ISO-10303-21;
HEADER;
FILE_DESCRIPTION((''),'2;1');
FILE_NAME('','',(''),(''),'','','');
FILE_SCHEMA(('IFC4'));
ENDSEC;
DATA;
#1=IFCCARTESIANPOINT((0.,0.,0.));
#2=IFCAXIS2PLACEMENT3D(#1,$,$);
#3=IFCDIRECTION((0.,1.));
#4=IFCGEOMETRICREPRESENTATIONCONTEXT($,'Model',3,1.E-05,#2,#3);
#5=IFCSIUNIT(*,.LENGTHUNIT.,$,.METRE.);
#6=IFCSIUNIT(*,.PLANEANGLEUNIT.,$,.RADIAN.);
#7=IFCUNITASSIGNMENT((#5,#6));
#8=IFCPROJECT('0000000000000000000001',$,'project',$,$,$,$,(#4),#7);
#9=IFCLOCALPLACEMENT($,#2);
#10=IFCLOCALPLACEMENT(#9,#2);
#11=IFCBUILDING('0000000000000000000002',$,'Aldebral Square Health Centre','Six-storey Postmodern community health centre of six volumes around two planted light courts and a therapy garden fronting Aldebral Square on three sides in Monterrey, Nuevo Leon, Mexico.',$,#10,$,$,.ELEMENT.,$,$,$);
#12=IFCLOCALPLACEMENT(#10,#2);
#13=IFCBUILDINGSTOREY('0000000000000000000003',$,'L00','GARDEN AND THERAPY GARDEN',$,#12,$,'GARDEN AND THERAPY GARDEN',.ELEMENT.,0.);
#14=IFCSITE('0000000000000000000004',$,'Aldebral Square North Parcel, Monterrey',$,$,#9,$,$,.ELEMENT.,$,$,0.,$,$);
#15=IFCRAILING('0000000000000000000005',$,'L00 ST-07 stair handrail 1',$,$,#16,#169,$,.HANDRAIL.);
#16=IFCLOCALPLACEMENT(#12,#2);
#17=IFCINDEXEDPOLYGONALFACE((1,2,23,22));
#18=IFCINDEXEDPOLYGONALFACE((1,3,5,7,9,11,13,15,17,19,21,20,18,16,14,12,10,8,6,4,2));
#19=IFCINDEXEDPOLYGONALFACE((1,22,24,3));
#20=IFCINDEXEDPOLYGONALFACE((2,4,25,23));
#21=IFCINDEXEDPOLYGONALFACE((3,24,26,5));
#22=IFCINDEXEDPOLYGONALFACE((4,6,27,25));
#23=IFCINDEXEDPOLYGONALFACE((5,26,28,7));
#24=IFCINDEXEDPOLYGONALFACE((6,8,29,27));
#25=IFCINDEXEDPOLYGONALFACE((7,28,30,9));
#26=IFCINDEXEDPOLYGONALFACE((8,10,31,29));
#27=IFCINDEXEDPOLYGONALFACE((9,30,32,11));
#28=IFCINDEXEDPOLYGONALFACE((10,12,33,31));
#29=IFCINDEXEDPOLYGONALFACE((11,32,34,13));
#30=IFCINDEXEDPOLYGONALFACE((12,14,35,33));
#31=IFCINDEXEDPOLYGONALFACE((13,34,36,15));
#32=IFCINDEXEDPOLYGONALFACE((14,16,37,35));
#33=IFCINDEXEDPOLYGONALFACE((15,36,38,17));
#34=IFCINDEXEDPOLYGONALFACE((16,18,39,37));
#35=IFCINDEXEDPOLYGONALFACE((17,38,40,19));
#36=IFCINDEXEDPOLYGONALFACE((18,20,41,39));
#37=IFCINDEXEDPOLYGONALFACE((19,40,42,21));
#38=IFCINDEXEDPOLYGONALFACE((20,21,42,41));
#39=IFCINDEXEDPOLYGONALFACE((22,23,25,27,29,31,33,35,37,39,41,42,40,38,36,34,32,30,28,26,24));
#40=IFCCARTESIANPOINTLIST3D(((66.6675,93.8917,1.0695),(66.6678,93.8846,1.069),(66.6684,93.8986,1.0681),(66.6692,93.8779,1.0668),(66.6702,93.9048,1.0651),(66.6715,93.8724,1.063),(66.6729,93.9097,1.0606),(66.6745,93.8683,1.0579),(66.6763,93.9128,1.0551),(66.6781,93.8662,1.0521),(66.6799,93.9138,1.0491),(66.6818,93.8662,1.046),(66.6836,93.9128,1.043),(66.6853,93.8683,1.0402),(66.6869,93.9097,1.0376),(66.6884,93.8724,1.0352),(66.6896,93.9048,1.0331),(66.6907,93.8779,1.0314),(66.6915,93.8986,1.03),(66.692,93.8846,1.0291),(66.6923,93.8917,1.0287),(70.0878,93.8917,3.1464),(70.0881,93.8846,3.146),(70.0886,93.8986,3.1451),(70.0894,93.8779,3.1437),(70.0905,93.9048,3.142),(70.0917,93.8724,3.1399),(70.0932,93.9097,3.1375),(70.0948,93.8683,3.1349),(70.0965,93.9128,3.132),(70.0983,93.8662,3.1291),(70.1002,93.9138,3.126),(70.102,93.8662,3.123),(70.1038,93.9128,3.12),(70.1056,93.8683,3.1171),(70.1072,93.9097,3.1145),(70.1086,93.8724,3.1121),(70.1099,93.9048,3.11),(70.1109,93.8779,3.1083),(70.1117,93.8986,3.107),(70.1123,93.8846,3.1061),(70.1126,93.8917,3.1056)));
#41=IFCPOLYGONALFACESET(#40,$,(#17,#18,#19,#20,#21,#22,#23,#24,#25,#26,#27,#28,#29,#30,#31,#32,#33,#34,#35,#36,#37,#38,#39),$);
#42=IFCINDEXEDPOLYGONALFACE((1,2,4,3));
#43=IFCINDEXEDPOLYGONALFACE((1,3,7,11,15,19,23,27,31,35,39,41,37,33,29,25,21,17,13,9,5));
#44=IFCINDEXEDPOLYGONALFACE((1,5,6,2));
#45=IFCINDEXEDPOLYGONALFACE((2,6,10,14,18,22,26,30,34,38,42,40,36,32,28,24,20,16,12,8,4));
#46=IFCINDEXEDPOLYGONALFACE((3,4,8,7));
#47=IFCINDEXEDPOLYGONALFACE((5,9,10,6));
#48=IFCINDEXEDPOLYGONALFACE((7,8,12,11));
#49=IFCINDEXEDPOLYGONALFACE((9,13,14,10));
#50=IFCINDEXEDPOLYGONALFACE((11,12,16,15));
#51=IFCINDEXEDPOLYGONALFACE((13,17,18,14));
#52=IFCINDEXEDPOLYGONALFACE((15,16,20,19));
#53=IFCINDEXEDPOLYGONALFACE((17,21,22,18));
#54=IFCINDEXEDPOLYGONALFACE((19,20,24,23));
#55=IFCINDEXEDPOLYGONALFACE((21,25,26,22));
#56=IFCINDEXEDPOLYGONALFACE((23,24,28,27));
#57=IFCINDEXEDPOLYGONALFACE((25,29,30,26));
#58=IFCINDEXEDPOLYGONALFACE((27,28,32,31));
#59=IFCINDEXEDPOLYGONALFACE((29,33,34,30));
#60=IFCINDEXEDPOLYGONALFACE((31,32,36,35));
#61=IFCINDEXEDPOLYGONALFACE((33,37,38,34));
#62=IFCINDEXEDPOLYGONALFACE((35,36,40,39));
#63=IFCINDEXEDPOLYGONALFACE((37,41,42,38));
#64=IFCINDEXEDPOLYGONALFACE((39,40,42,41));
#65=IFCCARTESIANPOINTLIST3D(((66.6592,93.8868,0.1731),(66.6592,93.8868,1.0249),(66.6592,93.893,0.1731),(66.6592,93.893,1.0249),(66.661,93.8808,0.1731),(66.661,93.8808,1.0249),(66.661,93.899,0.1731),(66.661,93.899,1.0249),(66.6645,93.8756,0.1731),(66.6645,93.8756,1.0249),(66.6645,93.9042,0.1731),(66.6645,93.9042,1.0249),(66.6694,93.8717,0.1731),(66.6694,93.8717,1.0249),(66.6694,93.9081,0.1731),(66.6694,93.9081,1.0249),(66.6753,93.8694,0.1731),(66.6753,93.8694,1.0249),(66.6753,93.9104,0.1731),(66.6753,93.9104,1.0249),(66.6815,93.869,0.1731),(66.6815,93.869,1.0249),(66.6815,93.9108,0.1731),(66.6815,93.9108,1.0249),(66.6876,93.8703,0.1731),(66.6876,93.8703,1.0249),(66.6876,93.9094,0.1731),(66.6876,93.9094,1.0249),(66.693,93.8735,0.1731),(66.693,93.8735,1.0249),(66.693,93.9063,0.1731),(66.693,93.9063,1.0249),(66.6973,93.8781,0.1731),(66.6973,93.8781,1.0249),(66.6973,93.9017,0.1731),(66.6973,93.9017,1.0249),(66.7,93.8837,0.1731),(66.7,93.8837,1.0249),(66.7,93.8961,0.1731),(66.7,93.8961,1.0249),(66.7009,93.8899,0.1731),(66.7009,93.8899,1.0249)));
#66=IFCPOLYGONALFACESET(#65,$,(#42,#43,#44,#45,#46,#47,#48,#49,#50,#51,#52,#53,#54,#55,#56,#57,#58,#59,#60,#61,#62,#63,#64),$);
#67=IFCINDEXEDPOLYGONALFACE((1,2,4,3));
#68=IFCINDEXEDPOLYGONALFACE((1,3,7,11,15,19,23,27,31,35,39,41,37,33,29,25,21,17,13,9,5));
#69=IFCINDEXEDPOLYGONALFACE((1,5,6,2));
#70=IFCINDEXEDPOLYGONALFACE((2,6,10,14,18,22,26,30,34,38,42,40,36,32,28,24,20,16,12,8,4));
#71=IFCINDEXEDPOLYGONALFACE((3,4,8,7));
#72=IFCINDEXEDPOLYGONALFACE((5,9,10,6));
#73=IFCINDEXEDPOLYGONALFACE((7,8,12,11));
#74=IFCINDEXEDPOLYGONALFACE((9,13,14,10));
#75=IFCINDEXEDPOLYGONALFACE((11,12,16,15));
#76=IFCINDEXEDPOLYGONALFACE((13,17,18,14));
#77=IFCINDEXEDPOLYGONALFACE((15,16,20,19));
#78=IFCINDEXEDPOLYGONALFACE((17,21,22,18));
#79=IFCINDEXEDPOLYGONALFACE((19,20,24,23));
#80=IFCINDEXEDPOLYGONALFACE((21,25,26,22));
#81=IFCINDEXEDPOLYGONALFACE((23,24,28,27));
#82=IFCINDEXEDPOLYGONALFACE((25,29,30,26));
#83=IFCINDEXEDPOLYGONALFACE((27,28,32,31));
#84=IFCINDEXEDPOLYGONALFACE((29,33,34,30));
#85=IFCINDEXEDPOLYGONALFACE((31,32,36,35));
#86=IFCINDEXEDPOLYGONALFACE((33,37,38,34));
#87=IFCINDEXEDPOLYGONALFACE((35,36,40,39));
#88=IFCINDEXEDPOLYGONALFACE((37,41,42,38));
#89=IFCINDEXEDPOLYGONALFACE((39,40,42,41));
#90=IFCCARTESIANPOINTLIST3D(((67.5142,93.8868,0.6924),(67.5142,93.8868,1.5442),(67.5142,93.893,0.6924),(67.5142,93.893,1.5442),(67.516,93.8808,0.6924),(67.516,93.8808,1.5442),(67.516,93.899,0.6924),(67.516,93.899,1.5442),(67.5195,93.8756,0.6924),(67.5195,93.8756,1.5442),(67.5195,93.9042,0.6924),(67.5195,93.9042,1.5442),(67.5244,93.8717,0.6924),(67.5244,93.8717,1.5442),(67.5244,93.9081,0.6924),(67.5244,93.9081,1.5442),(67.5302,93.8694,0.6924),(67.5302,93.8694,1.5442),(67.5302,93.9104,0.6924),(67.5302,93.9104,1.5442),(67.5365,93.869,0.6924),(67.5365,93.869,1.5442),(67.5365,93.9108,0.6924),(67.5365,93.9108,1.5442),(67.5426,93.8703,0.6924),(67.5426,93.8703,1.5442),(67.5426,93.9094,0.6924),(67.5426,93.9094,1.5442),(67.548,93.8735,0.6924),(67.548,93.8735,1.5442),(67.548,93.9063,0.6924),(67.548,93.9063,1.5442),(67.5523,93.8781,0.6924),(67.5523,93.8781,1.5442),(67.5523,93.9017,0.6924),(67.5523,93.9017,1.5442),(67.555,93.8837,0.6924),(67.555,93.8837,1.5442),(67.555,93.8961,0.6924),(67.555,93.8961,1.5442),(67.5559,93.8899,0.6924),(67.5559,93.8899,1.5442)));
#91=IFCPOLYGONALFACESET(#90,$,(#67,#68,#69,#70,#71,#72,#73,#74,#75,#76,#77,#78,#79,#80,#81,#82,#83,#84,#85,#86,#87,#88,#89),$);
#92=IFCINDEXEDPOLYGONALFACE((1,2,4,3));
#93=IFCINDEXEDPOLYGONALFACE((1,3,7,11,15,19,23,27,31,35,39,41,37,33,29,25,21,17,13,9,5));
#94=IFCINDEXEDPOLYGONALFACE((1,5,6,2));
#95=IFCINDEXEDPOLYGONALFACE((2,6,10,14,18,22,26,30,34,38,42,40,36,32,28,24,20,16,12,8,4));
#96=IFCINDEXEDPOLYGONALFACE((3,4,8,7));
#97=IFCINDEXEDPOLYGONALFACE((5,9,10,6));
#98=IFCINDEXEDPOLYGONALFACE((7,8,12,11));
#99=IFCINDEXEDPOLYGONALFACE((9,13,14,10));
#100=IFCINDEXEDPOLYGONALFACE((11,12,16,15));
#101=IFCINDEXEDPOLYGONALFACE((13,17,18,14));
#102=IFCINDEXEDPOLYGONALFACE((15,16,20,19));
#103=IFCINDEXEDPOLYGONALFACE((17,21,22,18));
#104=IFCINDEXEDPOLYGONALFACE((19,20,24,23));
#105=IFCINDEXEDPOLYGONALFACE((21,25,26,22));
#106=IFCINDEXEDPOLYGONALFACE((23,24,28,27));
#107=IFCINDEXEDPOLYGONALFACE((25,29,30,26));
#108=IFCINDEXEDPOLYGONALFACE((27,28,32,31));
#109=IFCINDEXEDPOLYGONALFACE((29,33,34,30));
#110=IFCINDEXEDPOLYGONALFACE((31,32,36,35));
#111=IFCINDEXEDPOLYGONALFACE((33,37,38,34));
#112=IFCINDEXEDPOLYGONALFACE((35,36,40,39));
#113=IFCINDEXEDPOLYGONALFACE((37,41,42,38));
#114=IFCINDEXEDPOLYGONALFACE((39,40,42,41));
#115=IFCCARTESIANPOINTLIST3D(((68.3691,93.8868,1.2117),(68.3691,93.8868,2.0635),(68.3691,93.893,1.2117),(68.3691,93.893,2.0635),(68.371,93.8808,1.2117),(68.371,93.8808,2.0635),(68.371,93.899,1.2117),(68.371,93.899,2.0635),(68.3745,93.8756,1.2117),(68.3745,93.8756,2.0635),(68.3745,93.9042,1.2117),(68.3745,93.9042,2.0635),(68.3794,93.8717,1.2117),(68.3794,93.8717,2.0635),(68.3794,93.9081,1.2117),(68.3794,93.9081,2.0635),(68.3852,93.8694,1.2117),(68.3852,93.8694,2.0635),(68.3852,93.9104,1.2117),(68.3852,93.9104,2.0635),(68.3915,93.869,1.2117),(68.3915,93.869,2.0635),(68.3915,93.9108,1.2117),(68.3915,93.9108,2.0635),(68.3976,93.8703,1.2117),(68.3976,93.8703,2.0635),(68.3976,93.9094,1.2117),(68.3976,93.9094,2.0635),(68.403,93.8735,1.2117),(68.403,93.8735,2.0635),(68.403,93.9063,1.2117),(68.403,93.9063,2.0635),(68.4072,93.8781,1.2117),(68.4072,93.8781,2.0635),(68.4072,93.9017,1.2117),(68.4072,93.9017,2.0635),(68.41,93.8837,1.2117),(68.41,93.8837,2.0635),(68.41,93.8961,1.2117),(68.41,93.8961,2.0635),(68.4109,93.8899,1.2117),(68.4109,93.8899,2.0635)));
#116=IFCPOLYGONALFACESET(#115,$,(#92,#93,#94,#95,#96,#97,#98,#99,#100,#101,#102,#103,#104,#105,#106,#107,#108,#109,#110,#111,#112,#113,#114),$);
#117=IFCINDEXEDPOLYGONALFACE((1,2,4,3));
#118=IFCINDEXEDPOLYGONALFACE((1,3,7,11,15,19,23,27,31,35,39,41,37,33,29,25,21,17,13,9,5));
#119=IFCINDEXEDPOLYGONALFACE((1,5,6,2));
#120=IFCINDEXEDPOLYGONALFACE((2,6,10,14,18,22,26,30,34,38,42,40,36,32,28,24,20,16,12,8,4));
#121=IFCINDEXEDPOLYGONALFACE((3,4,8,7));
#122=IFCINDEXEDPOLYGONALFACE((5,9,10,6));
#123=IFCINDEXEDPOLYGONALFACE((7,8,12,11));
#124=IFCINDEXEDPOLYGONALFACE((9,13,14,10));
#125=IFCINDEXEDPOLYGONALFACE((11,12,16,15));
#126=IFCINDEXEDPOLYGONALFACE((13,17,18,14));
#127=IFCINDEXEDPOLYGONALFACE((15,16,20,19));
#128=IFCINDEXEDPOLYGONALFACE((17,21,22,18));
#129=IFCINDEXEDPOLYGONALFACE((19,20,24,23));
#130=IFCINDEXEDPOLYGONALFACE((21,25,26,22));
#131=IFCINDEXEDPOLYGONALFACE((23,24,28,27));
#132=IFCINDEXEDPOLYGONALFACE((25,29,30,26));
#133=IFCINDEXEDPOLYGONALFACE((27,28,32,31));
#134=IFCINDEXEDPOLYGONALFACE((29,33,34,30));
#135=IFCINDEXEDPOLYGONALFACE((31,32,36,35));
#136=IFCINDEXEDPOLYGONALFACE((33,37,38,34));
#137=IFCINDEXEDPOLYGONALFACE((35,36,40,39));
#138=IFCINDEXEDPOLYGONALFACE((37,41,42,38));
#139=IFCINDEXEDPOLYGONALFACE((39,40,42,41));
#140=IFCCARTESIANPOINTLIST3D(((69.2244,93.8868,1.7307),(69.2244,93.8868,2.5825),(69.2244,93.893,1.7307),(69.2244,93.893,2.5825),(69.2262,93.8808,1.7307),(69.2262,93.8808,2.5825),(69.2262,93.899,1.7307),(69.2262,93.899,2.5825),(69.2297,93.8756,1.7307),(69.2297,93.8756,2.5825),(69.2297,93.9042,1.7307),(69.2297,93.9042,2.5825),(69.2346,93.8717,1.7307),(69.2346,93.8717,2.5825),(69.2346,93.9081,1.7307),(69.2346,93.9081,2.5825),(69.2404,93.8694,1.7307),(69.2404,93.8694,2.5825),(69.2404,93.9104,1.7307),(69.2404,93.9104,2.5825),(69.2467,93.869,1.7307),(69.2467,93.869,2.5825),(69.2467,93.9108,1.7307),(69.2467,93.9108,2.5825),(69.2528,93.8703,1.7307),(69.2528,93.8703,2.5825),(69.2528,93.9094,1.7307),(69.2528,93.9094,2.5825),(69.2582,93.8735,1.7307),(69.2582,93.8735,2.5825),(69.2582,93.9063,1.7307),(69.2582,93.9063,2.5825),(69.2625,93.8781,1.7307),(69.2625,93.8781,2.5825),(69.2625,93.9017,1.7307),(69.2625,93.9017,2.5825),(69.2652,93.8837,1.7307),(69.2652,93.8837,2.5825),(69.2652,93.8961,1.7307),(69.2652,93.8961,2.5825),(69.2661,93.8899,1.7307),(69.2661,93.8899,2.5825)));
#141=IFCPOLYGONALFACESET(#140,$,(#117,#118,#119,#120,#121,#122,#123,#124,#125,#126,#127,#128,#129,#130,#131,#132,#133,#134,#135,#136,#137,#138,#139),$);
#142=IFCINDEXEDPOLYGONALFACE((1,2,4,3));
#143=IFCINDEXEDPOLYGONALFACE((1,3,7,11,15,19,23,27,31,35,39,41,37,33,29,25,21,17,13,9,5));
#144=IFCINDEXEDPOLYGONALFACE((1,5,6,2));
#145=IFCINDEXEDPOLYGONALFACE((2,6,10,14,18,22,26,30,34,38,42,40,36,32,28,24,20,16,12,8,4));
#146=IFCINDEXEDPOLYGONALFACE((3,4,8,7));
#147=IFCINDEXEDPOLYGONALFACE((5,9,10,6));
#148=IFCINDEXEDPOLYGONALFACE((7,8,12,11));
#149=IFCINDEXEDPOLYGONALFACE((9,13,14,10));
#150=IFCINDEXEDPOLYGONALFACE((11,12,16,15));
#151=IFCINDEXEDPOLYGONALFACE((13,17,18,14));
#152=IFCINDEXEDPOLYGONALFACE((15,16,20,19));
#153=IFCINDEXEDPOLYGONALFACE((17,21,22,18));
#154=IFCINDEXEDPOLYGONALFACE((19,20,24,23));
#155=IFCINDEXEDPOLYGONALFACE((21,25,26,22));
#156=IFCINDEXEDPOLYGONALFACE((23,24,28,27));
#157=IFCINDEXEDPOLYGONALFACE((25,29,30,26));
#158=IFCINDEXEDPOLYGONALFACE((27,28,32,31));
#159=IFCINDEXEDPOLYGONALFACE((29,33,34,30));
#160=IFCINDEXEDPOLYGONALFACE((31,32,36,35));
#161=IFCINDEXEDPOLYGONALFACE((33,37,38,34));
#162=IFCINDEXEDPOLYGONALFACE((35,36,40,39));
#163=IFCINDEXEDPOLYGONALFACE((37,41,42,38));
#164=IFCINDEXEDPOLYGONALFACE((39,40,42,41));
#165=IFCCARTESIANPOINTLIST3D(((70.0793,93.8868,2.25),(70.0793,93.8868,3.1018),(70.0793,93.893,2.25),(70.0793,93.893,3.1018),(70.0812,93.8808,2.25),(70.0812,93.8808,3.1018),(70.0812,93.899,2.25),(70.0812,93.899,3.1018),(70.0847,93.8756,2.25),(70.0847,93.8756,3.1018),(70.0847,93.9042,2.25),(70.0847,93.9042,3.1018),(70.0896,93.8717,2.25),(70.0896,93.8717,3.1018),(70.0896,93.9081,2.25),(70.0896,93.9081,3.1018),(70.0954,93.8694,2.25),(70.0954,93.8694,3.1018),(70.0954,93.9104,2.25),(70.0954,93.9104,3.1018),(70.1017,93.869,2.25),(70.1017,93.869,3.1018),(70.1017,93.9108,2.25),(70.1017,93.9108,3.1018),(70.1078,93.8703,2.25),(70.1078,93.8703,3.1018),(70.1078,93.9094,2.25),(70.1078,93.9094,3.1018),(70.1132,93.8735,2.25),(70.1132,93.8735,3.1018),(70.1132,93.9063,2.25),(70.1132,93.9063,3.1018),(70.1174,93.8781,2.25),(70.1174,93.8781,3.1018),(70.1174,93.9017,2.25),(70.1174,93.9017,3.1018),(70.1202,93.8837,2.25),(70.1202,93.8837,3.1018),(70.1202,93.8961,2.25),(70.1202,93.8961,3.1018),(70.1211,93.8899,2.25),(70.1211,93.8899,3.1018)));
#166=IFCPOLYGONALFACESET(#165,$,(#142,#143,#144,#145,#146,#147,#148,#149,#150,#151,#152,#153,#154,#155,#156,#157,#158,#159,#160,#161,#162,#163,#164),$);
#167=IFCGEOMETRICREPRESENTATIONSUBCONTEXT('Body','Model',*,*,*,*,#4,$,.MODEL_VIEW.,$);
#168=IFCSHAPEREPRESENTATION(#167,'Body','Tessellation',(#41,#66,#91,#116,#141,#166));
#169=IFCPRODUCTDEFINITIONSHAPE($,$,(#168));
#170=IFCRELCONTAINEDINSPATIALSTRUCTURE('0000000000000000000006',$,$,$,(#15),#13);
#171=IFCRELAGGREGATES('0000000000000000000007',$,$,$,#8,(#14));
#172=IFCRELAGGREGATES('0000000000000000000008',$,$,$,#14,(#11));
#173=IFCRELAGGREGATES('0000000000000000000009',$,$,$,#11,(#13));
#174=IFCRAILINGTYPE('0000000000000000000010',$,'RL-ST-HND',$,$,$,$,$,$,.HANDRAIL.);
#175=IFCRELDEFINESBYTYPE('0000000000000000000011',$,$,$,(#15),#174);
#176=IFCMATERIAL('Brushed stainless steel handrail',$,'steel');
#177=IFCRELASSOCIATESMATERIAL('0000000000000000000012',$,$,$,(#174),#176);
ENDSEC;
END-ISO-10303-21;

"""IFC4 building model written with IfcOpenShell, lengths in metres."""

from ifc_helpers import new_model, si_unit, direction, frame, origin, origin_2d, place, context, subcontext, project, spatial, circle, extrude, material, type_object, element, save


model = new_model("IFC4")

# Units and contexts
model_context = context("Model", 3, precision=1e-05, world=origin(), true_north=direction((0.0, 1.0)))
body_context = subcontext(model_context, "Body", "Model", "MODEL_VIEW")
ifc_project = project(units=[si_unit("LENGTHUNIT", "METRE"), si_unit("PLANEANGLEUNIT", "RADIAN")], contexts=[model_context])

# Site, building, storey
site_placement = place(None, origin())
site = spatial("IfcSite", under=ifc_project, at=site_placement, Name="Aldebral Square North Parcel, Monterrey", CompositionType="ELEMENT", RefElevation=0.0)
building_placement = place(site_placement, origin())
building = spatial("IfcBuilding", under=site, at=building_placement, Name="Aldebral Square Health Centre", Description="Six-storey Postmodern community health centre of six volumes around two planted light courts and a therapy garden fronting Aldebral Square on three sides in Monterrey, Nuevo Leon, Mexico.", CompositionType="ELEMENT")
storey_placement = place(building_placement, origin())
storey = spatial("IfcBuildingStorey", under=building, at=storey_placement, Name="L00", Description="GARDEN AND THERAPY GARDEN", LongName="GARDEN AND THERAPY GARDEN", CompositionType="ELEMENT", Elevation=0.0)

# Railing
ifc_material_1 = material(Name="Brushed stainless steel handrail", Category="steel")
railing_type_1 = type_object("IfcRailingType", Name="RL-ST-HND", PredefinedType="HANDRAIL", material=ifc_material_1)
railing_1_placement = place(storey_placement, frame((66.6799, 93.8899, 0.1731)))
element("IfcRailing", 1, at=railing_1_placement, inside=storey, type_object=railing_type_1, Name="L00 ST-07 stair handrail 1", PredefinedType="HANDRAIL", context=body_context, shape_type="SweptSolid", body=[
    extrude(circle(Radius=0.0239, at=origin_2d()), frame((0.0, 0.0, 0.876), z_axis=(0.854746, 0.0, 0.519047), x_axis=(0.0, 1.0, 0.0)), (0.0, 0.0, 1.0), 4.0015),
    extrude(circle(Radius=0.021, at=origin_2d()), origin(), (0.0, 0.0, 1.0), 0.8518),
    extrude(circle(Radius=0.021, at=origin_2d()), frame((0.855, 0.0, 0.5193)), (0.0, 0.0, 1.0), 0.8518),
    extrude(circle(Radius=0.021, at=origin_2d()), frame((1.71, 0.0, 1.0386)), (0.0, 0.0, 1.0), 0.8518),
    extrude(circle(Radius=0.021, at=origin_2d()), frame((2.5652, 0.0, 1.5576)), (0.0, 0.0, 1.0), 0.8518),
    extrude(circle(Radius=0.021, at=origin_2d()), frame((3.4202, 0.0, 2.0769)), (0.0, 0.0, 1.0), 0.8518),
])

save(model, "model.ifc")
